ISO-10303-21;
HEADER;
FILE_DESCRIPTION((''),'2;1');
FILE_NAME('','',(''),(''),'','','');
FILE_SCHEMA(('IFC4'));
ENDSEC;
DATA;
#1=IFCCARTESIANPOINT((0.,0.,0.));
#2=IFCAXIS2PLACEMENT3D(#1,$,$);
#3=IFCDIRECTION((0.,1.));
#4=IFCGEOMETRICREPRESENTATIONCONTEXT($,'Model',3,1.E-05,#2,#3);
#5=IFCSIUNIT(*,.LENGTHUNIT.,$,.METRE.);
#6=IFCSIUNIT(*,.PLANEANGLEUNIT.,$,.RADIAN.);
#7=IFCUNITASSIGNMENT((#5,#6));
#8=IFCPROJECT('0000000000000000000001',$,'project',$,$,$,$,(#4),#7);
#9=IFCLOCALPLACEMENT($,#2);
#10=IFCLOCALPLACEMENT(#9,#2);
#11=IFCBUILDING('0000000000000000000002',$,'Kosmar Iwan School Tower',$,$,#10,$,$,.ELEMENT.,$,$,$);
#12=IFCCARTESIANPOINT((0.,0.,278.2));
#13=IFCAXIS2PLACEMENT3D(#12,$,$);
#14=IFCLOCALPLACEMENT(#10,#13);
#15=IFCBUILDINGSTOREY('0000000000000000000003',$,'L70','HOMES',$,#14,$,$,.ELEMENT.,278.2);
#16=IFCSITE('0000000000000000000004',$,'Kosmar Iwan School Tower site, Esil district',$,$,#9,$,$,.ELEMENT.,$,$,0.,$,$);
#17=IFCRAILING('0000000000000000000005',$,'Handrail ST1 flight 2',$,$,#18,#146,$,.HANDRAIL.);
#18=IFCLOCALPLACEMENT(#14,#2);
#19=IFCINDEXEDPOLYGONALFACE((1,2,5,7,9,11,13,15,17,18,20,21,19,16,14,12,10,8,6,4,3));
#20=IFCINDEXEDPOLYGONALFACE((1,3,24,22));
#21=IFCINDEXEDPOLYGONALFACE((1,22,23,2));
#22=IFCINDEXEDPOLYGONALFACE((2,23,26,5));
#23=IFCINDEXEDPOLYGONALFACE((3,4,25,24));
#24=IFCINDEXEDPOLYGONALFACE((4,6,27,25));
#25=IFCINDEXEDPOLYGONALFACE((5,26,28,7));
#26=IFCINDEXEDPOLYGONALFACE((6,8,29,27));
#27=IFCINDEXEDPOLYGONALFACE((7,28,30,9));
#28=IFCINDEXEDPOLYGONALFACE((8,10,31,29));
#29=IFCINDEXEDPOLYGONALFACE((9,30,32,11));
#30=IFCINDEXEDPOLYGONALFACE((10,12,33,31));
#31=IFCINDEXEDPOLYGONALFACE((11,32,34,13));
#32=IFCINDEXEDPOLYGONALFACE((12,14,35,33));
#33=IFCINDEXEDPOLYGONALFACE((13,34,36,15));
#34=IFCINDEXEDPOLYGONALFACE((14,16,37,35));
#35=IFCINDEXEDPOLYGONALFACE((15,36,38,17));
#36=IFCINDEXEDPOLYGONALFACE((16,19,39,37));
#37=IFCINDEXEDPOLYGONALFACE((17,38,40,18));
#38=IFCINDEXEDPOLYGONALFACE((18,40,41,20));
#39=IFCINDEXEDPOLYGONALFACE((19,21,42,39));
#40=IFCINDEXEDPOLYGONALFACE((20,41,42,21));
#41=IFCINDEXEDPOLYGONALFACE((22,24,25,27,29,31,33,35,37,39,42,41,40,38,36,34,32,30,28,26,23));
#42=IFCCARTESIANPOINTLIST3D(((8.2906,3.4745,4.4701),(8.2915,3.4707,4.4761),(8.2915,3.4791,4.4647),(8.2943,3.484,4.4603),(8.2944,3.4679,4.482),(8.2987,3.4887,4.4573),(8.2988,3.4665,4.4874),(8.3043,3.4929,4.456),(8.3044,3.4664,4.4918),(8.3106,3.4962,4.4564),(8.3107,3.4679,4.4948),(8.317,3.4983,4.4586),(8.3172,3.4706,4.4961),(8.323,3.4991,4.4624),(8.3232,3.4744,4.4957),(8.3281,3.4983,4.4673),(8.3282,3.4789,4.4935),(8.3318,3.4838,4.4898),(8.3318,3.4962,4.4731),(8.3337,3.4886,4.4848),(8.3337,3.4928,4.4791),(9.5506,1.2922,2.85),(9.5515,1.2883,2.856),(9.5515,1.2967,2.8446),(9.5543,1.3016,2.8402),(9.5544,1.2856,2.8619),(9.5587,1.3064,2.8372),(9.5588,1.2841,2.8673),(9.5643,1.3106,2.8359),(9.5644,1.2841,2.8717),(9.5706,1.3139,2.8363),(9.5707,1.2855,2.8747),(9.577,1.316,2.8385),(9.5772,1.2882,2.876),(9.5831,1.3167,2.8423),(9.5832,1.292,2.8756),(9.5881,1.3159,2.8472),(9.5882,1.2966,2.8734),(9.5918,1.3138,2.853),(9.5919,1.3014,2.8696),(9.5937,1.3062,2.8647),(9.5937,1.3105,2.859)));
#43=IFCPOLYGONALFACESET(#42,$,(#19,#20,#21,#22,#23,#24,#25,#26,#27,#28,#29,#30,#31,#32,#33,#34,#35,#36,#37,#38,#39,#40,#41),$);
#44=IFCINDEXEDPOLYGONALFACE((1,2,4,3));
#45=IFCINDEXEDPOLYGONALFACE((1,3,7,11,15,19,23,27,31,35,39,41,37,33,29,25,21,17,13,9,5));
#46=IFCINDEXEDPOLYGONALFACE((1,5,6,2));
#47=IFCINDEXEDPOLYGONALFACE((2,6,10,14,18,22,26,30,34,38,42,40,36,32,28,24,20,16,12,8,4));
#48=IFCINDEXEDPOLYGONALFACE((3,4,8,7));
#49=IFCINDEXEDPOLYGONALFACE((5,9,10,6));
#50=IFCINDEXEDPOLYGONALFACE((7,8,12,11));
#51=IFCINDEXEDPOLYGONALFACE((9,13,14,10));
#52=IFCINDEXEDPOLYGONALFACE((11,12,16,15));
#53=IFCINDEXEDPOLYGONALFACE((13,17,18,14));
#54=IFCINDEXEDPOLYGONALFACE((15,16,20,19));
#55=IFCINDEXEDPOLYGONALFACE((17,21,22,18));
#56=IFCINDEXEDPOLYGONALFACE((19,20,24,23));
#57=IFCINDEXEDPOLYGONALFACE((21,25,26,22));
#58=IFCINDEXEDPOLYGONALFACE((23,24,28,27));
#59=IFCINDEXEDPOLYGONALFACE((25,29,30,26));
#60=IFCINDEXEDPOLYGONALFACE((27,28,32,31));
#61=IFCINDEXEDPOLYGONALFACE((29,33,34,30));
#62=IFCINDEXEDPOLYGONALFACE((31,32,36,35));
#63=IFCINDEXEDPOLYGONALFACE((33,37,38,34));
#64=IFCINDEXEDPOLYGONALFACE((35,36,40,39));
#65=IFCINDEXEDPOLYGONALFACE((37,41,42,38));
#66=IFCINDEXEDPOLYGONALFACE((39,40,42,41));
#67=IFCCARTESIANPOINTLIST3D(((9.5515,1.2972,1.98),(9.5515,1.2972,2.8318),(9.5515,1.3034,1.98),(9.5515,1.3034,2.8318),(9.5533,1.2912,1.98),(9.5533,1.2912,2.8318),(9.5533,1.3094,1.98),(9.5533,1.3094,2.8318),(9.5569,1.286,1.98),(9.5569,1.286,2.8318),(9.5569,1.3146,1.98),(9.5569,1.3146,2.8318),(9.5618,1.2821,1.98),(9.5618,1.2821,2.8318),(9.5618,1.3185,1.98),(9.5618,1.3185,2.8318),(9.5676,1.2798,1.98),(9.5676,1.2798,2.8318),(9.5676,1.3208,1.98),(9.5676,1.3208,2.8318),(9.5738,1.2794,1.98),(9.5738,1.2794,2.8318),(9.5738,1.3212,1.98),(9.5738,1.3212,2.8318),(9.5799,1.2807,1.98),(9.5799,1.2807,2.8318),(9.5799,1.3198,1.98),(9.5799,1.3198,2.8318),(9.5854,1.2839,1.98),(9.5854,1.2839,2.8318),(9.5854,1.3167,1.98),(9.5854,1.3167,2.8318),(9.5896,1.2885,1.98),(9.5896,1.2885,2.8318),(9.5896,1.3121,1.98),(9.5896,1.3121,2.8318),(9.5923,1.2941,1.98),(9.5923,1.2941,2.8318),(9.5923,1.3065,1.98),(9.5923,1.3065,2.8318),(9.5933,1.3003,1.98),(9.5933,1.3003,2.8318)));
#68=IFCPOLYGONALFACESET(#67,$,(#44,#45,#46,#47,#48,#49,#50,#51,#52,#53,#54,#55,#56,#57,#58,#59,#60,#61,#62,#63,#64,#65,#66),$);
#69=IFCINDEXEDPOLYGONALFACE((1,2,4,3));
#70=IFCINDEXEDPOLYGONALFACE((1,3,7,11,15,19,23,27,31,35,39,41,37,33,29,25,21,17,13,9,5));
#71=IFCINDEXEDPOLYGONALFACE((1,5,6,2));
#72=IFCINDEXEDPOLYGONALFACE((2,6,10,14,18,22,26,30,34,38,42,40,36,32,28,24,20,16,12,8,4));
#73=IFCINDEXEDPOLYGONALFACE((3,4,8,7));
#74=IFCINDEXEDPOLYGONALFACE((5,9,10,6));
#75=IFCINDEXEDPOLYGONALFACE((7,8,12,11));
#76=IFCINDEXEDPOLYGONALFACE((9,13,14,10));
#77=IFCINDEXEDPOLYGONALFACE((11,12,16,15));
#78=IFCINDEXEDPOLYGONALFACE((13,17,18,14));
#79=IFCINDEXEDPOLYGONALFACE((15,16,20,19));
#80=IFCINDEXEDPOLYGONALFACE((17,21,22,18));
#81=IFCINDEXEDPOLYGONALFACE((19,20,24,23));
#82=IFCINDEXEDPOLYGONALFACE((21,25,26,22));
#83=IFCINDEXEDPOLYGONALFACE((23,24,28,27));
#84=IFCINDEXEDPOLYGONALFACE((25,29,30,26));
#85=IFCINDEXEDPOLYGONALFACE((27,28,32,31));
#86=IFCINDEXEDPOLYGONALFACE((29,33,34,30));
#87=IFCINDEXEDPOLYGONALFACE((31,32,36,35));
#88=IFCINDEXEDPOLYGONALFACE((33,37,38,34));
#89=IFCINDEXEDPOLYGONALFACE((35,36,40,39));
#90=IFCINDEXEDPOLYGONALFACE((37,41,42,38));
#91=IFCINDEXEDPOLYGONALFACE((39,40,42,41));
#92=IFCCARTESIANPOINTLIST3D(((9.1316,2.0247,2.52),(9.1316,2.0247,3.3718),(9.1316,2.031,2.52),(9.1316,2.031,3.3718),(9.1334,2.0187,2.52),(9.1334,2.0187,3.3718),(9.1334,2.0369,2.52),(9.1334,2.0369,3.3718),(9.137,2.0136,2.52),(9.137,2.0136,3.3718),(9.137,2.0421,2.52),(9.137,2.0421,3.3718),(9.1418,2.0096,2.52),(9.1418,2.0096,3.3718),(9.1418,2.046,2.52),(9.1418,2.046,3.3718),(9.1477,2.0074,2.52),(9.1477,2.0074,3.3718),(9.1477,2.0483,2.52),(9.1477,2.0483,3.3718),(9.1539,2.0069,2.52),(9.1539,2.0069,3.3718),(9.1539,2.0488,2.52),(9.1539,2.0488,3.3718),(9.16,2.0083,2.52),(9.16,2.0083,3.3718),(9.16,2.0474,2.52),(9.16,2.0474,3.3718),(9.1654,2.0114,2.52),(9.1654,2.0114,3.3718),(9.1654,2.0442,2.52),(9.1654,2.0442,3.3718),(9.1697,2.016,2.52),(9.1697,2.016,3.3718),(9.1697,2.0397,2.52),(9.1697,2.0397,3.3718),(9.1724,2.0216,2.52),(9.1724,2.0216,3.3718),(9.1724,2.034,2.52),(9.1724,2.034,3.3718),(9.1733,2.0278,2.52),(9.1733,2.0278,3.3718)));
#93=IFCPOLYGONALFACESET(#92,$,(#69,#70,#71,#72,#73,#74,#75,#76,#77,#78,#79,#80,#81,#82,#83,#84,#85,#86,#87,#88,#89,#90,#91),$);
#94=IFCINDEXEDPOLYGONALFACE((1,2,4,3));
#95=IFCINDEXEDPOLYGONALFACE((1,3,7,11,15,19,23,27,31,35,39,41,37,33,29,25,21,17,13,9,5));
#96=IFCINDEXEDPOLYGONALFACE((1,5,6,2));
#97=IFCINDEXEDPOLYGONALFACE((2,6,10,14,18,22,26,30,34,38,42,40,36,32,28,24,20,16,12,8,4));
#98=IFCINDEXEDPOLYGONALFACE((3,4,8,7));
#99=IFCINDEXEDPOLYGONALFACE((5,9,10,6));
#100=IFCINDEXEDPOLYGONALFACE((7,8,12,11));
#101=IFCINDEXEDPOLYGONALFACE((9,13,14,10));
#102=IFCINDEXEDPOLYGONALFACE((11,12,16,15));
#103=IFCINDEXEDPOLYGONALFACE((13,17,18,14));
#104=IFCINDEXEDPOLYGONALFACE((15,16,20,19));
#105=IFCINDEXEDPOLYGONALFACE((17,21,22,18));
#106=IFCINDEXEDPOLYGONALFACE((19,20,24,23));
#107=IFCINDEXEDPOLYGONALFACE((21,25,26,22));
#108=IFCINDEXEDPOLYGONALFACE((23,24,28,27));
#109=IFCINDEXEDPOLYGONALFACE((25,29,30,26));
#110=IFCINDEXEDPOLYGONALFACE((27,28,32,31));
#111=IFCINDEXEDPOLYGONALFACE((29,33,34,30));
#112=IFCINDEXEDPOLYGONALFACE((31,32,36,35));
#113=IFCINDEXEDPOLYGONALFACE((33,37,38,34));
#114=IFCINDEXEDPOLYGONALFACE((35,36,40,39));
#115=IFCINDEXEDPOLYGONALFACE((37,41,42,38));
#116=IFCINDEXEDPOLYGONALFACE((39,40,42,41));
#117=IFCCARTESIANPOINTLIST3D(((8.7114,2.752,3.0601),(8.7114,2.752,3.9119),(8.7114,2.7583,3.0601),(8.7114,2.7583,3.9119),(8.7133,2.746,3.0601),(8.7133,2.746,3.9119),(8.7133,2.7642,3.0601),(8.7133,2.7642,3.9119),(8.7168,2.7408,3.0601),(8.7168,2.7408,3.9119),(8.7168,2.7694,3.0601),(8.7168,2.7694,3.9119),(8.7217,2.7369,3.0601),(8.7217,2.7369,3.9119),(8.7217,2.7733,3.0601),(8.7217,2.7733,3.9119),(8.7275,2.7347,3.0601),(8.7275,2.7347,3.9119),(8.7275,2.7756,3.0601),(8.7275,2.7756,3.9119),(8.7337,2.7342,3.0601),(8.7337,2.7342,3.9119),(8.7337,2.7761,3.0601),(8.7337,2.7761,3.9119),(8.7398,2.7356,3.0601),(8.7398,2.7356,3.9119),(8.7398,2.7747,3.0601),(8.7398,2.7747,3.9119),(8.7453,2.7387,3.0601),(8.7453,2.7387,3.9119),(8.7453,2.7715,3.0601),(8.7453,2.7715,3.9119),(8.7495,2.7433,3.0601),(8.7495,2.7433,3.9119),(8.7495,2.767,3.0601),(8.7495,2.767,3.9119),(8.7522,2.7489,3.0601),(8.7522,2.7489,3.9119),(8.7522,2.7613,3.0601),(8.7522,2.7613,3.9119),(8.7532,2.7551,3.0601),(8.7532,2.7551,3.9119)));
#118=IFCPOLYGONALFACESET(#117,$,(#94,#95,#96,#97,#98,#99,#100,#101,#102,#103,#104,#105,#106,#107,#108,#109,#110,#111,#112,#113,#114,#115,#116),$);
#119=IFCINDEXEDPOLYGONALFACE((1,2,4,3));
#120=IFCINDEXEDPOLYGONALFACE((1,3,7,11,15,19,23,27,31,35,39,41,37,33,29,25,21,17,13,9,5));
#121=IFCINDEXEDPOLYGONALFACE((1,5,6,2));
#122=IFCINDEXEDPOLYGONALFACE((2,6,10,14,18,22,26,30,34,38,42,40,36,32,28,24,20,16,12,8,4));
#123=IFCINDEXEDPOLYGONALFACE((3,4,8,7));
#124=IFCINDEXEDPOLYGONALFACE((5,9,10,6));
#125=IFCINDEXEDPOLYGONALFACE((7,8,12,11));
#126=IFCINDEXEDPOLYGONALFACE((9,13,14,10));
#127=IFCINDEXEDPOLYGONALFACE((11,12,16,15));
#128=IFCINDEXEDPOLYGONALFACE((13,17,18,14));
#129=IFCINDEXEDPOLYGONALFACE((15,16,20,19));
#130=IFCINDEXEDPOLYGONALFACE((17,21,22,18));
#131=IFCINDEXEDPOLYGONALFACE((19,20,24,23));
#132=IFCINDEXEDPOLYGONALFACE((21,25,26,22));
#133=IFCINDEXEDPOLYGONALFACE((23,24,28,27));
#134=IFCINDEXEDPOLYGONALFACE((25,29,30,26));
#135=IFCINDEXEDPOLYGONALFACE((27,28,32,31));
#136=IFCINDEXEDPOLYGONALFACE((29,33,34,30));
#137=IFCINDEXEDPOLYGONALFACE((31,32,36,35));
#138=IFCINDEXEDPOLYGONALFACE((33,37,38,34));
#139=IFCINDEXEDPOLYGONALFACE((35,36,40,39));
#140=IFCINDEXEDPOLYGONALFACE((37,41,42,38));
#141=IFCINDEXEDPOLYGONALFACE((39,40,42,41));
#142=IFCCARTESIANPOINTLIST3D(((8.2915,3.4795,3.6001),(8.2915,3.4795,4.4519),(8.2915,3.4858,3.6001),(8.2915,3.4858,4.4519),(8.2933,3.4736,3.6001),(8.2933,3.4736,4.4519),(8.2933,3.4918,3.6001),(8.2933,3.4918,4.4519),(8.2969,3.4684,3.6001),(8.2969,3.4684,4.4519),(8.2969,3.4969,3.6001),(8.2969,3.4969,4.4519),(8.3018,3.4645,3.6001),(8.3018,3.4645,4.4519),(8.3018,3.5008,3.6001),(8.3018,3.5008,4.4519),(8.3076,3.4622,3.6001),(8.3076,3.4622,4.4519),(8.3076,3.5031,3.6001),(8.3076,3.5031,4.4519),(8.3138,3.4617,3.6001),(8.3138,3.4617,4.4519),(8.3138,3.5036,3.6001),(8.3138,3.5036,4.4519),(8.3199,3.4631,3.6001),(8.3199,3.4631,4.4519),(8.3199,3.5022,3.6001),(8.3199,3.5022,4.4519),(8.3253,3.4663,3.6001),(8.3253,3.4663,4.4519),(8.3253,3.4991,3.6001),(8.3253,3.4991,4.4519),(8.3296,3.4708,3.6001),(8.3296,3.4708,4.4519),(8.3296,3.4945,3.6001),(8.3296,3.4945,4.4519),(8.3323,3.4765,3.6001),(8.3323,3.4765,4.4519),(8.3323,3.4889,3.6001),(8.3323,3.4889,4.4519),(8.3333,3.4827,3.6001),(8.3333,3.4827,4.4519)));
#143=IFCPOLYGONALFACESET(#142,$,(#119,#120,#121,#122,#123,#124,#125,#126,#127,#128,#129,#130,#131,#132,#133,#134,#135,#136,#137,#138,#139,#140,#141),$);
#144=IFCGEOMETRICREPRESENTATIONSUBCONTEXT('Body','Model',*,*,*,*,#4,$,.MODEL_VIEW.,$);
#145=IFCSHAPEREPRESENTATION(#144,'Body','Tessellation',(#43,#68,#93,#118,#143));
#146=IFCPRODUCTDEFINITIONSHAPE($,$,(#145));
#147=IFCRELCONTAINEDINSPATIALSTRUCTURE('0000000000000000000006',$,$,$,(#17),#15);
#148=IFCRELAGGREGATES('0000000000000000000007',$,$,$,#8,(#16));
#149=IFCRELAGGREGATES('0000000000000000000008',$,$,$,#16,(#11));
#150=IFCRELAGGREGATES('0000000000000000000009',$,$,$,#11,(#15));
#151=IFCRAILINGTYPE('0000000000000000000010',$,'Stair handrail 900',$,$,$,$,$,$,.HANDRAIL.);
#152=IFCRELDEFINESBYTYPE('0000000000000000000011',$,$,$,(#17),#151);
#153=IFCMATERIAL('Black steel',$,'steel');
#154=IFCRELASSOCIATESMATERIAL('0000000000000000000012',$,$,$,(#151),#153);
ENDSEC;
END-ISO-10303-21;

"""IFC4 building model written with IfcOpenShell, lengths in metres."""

from ifc_helpers import new_model, si_unit, direction, frame, origin, origin_2d, place, context, subcontext, project, spatial, circle, extrude, material, type_object, element, save


model = new_model("IFC4")

# Units and contexts
model_context = context("Model", 3, precision=1e-05, world=origin(), true_north=direction((0.0, 1.0)))
body_context = subcontext(model_context, "Body", "Model", "MODEL_VIEW")
ifc_project = project(units=[si_unit("LENGTHUNIT", "METRE"), si_unit("PLANEANGLEUNIT", "RADIAN")], contexts=[model_context])

# Site, building, storey
site_placement = place(None, origin())
site = spatial("IfcSite", under=ifc_project, at=site_placement, Name="Kosmar Iwan School Tower site, Esil district", CompositionType="ELEMENT", RefElevation=0.0)
building_placement = place(site_placement, origin())
building = spatial("IfcBuilding", under=site, at=building_placement, Name="Kosmar Iwan School Tower", CompositionType="ELEMENT")
storey_placement = place(building_placement, frame((0.0, 0.0, 278.2)))
storey = spatial("IfcBuildingStorey", under=building, at=storey_placement, Name="L70", Description="HOMES", CompositionType="ELEMENT", Elevation=278.2)

# Railing
ifc_material_1 = material(Name="Black steel", Category="steel")
railing_type = type_object("IfcRailingType", Name="Stair handrail 900", PredefinedType="HANDRAIL", material=ifc_material_1)
railing_placement = place(storey_placement, frame((9.5723, 1.3003, 1.98)))
element("IfcRailing", 1, at=railing_placement, inside=storey, type_object=railing_type, Name="Handrail ST1 flight 2", PredefinedType="HANDRAIL", context=body_context, shape_type="SweptSolid", body=[
    extrude(circle(Radius=0.0239, at=origin_2d()), frame((0.0, 0.0, 0.876), z_axis=(-0.420584, 0.728464, 0.540786), x_axis=(-0.866023, -0.500005, 0.0)), (0.0, 0.0, 1.0), 2.9958),
    extrude(circle(Radius=0.021, at=origin_2d()), origin(), (0.0, 0.0, 1.0), 0.8518),
    extrude(circle(Radius=0.021, at=origin_2d()), frame((-0.4199, 0.7275, 0.54)), (0.0, 0.0, 1.0), 0.8518),
    extrude(circle(Radius=0.021, at=origin_2d()), frame((-0.8401, 1.4548, 1.0801)), (0.0, 0.0, 1.0), 0.8518),
    extrude(circle(Radius=0.021, at=origin_2d()), frame((-1.26, 2.1824, 1.6201)), (0.0, 0.0, 1.0), 0.8518),
])

save(model, "model.ifc")
